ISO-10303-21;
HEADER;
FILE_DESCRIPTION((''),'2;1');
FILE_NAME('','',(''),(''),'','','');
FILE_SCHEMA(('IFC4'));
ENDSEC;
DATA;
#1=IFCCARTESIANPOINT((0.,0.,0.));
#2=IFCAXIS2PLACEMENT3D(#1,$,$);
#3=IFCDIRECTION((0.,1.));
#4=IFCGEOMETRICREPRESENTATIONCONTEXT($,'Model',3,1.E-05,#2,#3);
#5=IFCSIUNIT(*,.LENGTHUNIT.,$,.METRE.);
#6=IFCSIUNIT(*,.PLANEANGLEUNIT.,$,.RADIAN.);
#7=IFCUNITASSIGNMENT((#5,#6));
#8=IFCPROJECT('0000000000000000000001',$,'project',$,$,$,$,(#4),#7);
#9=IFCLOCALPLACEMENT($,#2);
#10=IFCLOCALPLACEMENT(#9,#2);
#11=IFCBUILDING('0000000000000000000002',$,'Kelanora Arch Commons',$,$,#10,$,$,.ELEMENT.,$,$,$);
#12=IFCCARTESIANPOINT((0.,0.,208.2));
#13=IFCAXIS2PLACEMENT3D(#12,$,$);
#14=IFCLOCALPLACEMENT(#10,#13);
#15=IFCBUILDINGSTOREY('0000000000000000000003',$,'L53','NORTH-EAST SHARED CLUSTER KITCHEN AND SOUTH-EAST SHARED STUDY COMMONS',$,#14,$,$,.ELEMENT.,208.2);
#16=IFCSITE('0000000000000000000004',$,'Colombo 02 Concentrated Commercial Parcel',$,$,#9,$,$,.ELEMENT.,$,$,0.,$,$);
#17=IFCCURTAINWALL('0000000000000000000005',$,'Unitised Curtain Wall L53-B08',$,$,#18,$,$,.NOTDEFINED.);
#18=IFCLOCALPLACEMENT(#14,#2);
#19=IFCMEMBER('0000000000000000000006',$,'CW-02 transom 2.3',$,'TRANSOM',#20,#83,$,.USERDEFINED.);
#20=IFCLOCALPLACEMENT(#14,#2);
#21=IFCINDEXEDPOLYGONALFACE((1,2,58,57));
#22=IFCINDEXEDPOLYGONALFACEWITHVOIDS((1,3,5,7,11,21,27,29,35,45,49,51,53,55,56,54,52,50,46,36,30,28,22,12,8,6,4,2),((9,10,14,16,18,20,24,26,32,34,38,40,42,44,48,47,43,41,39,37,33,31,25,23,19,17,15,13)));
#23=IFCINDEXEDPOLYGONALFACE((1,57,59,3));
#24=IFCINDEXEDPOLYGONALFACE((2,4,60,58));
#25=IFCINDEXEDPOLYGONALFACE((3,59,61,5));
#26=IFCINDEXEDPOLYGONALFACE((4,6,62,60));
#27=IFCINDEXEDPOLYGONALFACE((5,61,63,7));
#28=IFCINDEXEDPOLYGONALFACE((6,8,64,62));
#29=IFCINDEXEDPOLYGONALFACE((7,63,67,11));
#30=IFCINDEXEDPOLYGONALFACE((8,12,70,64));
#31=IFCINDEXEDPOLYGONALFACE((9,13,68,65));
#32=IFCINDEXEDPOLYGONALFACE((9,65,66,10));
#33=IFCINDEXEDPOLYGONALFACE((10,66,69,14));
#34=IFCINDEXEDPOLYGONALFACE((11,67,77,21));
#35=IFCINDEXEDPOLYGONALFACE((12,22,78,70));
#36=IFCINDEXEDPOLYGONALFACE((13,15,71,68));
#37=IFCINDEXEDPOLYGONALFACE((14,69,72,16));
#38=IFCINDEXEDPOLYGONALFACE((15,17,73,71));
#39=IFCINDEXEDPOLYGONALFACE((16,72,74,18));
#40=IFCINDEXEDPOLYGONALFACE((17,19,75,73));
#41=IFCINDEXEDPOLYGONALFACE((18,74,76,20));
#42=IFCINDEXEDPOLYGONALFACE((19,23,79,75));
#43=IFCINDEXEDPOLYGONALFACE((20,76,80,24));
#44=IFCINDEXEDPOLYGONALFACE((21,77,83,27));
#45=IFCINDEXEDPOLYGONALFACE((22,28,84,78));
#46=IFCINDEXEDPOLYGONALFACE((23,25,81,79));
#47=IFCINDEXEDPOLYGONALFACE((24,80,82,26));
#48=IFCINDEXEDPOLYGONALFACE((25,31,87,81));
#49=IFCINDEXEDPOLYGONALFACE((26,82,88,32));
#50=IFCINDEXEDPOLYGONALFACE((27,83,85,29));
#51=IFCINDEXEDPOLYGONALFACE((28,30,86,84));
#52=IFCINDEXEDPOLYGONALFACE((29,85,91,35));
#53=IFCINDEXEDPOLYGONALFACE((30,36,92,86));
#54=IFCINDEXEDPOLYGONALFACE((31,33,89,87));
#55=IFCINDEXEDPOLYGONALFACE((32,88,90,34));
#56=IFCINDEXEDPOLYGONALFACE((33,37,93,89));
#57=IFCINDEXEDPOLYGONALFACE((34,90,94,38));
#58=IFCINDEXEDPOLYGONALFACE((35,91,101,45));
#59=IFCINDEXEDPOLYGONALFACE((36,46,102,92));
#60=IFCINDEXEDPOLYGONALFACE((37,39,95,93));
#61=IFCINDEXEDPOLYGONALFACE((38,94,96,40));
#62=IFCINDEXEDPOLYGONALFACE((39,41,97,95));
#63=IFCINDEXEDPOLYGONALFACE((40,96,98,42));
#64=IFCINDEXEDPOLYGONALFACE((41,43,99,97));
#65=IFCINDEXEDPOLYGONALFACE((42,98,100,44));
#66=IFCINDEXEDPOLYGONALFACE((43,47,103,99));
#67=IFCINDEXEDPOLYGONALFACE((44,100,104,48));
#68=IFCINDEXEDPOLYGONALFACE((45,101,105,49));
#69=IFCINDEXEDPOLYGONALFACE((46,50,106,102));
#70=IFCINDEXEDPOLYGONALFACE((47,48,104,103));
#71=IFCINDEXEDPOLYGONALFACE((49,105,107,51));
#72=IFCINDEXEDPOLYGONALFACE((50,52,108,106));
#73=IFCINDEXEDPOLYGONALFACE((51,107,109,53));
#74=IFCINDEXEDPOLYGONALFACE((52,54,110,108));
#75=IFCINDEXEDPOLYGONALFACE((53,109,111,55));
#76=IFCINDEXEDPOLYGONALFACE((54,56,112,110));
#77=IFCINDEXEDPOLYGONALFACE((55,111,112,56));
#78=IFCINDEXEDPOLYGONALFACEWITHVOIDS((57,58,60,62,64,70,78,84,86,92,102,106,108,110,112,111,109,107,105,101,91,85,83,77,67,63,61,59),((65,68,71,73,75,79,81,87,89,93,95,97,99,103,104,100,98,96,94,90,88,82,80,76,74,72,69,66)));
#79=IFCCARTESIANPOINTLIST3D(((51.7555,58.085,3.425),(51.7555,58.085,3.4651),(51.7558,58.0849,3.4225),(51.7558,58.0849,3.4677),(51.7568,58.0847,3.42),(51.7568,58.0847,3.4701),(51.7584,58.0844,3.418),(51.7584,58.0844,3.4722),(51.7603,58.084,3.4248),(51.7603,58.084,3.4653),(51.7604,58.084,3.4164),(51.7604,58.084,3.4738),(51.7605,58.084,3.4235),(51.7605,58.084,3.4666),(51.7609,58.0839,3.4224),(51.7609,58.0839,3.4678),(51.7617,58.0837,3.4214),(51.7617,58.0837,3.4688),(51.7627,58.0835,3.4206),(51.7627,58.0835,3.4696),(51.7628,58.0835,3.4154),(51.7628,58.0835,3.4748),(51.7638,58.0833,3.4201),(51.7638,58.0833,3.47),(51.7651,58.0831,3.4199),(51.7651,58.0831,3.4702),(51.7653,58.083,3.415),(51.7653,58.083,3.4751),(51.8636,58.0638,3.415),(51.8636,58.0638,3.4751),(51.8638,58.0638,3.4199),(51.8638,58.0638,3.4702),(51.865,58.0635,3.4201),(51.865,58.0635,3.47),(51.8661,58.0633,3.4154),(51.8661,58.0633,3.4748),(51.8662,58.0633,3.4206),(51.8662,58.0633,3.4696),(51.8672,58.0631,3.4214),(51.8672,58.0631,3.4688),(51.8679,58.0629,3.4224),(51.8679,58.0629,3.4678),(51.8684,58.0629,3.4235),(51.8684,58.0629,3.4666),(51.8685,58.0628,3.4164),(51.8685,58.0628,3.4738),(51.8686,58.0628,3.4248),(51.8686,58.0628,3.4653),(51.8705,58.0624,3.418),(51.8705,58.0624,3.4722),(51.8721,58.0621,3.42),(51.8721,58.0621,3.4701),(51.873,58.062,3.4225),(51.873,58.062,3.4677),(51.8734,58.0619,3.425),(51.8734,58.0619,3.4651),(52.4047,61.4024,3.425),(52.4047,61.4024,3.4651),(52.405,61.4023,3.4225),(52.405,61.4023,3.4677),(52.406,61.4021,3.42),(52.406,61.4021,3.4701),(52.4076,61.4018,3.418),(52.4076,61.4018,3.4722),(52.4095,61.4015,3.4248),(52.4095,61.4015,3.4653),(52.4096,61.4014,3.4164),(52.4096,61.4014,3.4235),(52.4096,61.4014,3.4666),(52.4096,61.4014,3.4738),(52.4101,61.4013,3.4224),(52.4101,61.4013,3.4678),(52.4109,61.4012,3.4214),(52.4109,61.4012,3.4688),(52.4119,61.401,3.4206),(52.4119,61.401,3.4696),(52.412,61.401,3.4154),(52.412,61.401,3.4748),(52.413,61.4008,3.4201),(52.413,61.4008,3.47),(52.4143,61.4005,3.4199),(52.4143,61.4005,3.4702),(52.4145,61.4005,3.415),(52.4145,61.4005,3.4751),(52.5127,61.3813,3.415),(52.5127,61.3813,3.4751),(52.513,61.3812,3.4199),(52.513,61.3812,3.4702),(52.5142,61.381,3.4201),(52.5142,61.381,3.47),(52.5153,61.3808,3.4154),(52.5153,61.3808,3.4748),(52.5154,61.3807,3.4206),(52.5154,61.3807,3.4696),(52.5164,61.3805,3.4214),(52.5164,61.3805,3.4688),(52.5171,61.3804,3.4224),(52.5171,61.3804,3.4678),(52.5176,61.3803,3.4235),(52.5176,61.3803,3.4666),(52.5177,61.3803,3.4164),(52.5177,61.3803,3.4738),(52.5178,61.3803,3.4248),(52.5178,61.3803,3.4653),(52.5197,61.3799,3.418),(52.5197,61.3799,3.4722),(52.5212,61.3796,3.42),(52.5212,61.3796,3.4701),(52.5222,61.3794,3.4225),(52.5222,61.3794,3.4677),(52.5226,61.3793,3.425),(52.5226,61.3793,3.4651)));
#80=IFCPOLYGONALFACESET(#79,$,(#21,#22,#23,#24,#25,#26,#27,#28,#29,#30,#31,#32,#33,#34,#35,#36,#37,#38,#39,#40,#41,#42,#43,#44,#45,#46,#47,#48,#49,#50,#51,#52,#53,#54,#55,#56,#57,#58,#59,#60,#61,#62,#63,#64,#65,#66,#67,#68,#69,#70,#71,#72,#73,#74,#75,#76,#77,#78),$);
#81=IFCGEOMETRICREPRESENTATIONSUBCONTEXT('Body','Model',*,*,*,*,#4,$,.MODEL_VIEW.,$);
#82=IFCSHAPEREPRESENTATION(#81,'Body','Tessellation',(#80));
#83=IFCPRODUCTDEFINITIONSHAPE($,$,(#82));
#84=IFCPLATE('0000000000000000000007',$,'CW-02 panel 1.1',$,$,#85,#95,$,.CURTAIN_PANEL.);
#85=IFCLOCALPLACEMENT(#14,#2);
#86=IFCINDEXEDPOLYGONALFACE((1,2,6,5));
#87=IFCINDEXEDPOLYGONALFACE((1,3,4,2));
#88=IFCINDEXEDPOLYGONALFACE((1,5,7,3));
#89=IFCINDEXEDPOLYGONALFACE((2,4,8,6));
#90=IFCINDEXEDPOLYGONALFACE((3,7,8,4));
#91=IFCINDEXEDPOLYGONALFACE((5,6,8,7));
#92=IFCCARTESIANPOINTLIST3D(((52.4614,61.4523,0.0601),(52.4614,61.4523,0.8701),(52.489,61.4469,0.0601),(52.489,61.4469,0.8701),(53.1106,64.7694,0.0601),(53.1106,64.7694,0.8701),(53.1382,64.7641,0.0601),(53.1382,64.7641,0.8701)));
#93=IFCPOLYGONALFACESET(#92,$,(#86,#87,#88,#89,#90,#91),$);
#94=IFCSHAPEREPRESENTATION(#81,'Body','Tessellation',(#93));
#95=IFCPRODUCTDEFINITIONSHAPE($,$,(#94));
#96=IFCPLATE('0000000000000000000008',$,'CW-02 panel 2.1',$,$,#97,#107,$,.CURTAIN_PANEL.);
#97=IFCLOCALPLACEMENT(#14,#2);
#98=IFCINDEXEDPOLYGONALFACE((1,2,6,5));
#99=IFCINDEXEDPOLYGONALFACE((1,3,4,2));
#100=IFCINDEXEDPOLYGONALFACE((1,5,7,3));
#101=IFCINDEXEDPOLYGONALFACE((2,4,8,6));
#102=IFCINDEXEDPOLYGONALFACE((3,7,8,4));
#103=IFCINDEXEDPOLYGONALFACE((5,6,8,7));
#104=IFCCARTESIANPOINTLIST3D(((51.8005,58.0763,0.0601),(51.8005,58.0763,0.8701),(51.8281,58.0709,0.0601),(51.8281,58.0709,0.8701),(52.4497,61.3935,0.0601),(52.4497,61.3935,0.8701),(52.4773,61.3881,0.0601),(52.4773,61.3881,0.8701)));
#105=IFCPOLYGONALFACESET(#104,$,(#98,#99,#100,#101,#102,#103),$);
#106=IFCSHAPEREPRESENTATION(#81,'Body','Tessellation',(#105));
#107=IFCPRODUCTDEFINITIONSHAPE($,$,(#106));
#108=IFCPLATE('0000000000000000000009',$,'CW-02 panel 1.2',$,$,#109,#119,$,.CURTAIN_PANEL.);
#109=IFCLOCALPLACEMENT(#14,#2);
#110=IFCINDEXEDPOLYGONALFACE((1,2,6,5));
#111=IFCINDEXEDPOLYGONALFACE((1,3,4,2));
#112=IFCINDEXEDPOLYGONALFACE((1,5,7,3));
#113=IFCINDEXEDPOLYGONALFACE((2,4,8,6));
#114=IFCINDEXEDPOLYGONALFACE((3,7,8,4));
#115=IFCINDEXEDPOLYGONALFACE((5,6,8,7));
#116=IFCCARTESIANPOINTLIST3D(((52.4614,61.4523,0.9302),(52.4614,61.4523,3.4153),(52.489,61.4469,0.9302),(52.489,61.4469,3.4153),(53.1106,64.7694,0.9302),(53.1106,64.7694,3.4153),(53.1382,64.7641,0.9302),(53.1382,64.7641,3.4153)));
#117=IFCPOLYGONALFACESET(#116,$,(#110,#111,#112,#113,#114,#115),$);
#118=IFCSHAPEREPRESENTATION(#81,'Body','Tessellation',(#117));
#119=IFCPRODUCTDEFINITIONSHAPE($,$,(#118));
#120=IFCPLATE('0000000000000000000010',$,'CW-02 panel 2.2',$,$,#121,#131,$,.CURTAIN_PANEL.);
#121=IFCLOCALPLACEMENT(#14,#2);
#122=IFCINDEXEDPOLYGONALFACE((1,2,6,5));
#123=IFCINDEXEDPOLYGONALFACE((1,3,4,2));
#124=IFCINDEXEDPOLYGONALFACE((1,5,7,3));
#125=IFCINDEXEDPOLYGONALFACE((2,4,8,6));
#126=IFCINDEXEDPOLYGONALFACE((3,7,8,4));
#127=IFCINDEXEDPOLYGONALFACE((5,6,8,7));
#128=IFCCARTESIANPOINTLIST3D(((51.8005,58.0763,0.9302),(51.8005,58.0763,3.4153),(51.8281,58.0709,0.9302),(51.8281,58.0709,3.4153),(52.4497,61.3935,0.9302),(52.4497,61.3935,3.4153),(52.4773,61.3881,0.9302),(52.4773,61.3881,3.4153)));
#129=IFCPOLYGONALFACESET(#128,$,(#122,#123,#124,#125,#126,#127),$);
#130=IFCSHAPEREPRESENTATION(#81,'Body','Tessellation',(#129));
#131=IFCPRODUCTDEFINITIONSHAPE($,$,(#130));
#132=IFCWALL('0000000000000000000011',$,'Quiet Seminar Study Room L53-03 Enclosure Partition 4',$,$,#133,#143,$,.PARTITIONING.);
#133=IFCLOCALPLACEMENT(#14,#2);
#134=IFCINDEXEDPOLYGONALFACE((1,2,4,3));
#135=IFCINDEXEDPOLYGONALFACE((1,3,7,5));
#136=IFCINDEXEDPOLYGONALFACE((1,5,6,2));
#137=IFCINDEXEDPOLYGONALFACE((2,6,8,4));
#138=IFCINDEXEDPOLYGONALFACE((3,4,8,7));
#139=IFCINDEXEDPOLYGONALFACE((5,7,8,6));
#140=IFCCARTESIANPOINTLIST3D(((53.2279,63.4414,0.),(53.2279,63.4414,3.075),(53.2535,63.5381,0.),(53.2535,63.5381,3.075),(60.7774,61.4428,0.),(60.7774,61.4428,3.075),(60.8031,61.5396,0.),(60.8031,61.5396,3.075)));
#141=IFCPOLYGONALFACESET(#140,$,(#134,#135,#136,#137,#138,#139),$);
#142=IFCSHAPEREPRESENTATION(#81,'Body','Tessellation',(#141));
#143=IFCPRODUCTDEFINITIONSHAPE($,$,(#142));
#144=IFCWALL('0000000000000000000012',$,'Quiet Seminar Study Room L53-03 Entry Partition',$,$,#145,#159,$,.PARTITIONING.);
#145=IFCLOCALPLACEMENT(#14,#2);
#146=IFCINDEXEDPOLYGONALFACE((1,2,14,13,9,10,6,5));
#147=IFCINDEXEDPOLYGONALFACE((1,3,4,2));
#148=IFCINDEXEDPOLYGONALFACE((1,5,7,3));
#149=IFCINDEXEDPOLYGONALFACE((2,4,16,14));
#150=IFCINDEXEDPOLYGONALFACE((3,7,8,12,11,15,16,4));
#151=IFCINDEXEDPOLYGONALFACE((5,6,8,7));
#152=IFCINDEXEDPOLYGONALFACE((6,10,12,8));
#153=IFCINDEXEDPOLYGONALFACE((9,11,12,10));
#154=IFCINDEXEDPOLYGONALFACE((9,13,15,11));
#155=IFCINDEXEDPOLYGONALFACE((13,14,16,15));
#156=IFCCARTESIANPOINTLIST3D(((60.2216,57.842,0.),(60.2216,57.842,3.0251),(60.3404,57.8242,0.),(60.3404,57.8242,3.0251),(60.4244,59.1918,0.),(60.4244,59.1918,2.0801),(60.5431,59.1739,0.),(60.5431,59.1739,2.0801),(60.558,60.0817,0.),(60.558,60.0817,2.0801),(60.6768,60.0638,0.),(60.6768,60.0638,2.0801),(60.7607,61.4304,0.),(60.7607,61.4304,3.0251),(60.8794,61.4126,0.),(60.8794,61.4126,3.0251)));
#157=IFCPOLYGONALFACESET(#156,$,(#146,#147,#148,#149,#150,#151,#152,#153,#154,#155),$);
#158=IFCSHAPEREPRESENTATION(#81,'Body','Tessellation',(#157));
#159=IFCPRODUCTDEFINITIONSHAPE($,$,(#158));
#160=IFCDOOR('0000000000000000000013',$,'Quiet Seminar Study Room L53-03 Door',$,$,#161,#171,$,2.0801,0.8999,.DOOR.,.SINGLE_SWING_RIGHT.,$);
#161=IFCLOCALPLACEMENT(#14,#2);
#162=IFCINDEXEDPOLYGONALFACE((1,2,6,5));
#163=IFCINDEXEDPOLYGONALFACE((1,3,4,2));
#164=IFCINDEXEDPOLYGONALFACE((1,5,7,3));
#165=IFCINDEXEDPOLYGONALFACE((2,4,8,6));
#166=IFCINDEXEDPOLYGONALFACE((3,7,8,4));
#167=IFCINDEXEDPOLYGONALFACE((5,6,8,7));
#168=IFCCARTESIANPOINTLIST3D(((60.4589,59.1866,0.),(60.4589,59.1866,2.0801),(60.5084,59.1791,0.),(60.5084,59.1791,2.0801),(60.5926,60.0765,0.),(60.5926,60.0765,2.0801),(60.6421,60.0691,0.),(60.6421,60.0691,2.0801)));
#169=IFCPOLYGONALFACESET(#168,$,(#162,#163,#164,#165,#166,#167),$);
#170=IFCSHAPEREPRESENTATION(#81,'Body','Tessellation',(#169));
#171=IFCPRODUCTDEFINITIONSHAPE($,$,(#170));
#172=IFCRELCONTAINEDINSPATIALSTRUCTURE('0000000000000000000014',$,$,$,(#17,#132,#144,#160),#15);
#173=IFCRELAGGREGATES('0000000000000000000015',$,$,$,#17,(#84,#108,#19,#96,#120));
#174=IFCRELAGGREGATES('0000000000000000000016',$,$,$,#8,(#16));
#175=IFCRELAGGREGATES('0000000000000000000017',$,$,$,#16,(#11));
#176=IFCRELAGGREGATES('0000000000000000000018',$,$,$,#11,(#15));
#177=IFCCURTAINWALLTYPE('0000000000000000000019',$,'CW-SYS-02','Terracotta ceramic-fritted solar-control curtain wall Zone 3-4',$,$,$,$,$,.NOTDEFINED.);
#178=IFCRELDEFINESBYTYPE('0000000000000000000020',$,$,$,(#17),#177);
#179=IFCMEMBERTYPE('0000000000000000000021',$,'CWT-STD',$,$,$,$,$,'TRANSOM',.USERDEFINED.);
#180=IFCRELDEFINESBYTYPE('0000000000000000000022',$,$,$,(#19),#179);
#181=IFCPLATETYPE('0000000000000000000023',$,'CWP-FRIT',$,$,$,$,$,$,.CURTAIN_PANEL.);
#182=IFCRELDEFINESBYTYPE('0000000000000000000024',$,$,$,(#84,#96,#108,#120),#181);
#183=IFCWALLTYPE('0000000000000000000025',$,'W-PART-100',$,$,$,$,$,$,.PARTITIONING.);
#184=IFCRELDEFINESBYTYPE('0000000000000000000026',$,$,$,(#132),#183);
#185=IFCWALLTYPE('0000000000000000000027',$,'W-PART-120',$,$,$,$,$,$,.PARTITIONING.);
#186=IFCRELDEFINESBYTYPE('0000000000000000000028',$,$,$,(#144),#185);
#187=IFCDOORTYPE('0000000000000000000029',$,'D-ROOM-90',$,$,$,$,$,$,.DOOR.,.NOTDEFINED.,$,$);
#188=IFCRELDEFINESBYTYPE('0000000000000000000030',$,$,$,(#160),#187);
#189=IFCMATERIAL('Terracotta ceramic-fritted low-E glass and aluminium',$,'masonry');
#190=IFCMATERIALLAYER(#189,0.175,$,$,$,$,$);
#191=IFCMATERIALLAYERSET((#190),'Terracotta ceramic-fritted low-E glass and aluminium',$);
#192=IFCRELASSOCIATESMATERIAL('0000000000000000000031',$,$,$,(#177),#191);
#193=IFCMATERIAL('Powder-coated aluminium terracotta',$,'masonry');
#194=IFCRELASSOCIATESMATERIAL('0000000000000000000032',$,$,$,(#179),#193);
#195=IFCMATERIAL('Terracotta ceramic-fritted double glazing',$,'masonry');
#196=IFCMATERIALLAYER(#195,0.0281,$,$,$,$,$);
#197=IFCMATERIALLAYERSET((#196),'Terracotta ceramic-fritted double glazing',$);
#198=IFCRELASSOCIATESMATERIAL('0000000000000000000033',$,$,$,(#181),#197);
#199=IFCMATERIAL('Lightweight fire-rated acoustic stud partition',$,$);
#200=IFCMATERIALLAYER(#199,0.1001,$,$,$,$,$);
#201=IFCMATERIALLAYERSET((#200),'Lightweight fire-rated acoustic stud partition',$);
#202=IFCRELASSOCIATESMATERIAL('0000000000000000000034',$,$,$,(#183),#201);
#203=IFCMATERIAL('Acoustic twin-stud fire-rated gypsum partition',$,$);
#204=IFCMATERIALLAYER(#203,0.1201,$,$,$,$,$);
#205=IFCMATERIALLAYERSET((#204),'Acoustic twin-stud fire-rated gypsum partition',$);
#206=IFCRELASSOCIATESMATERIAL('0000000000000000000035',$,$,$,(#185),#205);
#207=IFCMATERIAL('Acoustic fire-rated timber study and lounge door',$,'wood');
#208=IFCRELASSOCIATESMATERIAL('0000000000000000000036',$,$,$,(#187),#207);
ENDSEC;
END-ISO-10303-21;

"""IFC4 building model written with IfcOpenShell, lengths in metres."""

from ifc_helpers import new_model, si_unit, direction, frame, frame_2d, origin, origin_2d, place, context, subcontext, project, spatial, rectangle, hollow_rectangle, extrude, source, transform, mapped, material, layer, layer_set, material_profile, profile_set, type_object, element, fill, aggregate, save


model = new_model("IFC4")

# Units and contexts
model_context = context("Model", 3, precision=1e-05, world=origin(), true_north=direction((0.0, 1.0)))
body_context = subcontext(model_context, "Body", "Model", "MODEL_VIEW")
ifc_project = project(units=[si_unit("LENGTHUNIT", "METRE"), si_unit("PLANEANGLEUNIT", "RADIAN")], contexts=[model_context])

# Site, building, storey
site_placement = place(None, origin())
site = spatial("IfcSite", under=ifc_project, at=site_placement, Name="Colombo 02 Concentrated Commercial Parcel", CompositionType="ELEMENT", RefElevation=0.0)
building_placement = place(site_placement, origin())
building = spatial("IfcBuilding", under=site, at=building_placement, Name="Kelanora Arch Commons", CompositionType="ELEMENT")
storey_placement = place(building_placement, frame((0.0, 0.0, 208.2)))
storey = spatial("IfcBuildingStorey", under=building, at=storey_placement, Name="L53", Description="NORTH-EAST SHARED CLUSTER KITCHEN AND SOUTH-EAST SHARED STUDY COMMONS", CompositionType="ELEMENT", Elevation=208.2)

# Curtain wall, member, plates
ifc_material_1 = material(Name="Terracotta ceramic-fritted low-E glass and aluminium", Category="masonry")
ifc_layer_1 = layer(ifc_material_1, 0.175)
ifc_layer_set_1 = layer_set([ifc_layer_1], Name="Terracotta ceramic-fritted low-E glass and aluminium")
curtain_wall_type = type_object("IfcCurtainWallType", Name="CW-SYS-02", Description="Terracotta ceramic-fritted solar-control curtain wall Zone 3-4", PredefinedType="NOTDEFINED", material=ifc_layer_set_1)
curtain_wall_placement = place(storey_placement, origin())
curtain_wall = element("IfcCurtainWall", 1, at=curtain_wall_placement, inside=storey, type_object=curtain_wall_type, Name="Unitised Curtain Wall L53-B08", PredefinedType="NOTDEFINED")
ifc_material_2 = material(Name="Powder-coated aluminium terracotta", Category="masonry")
ifc_material_profile_1 = material_profile(ifc_material_2, hollow_rectangle(XDim=0.1201, YDim=0.0601, WallThickness=0.0049, InnerFilletRadius=0.0049, OuterFilletRadius=0.01, at=origin_2d()), Name="CWT120x60")
ifc_profile_set_1 = profile_set([ifc_material_profile_1], Name="Powder-coated aluminium terracotta")
member_type_1 = type_object("IfcMemberType", Name="CWT-STD", ElementType="TRANSOM", PredefinedType="USERDEFINED", material=ifc_profile_set_1)
member_1_placement = place(storey_placement, frame((52.4636, 61.3909, 3.4451), z_axis=(-0.192045, -0.981386, 0.0), x_axis=(0.981386, -0.192045, 0.0)))
member_1 = element("IfcMember", 2, at=member_1_placement, type_object=member_type_1, Name="CW-02 transom 2.3", ObjectType="TRANSOM", PredefinedType="USERDEFINED", context=body_context, shape_type="SweptSolid", body=[
    extrude(hollow_rectangle(XDim=0.1201, YDim=0.0601, WallThickness=0.0049, InnerFilletRadius=0.0049, OuterFilletRadius=0.01, at=origin_2d()), origin(), (0.0, 0.0, 1.0), 3.3804),
])
ifc_material_3 = material(Name="Terracotta ceramic-fritted double glazing", Category="masonry")
ifc_layer_2 = layer(ifc_material_3, 0.0281)
ifc_layer_set_2 = layer_set([ifc_layer_2], Name="Terracotta ceramic-fritted double glazing")
plate_type = type_object("IfcPlateType", Name="CWP-FRIT", PredefinedType="CURTAIN_PANEL", material=ifc_layer_set_2)
shared_shape_1 = source(origin(), body_context, "Body", "SweptSolid", [
    extrude(rectangle(XDim=3.3801, YDim=0.0281, at=origin_2d()), origin(), (0.0, 0.0, 1.0), 0.8101),
])
plate_1_placement = place(storey_placement, frame((52.7998, 63.1082, 0.0601), z_axis=(0.0, 0.0, 1.0), x_axis=(-0.192069, -0.981381, 0.0)))
plate_1 = element("IfcPlate", 3, at=plate_1_placement, type_object=plate_type, Name="CW-02 panel 1.1", PredefinedType="CURTAIN_PANEL", context=body_context, shape_type="MappedRepresentation", body=[
    mapped(shared_shape_1, transform((0.0, 0.0, 0.0), scale=1.0)),
])
plate_2_placement = place(storey_placement, frame((52.1389, 59.7322, 0.0601), z_axis=(0.0, 0.0, 1.0), x_axis=(-0.192069, -0.981381, 0.0)))
plate_2 = element("IfcPlate", 4, at=plate_2_placement, type_object=plate_type, Name="CW-02 panel 2.1", PredefinedType="CURTAIN_PANEL", context=body_context, shape_type="MappedRepresentation", body=[
    mapped(shared_shape_1, transform((0.0, 0.0, 0.0), scale=1.0)),
])
shared_shape_2 = source(origin(), body_context, "Body", "SweptSolid", [
    extrude(rectangle(XDim=3.3801, YDim=0.0281, at=origin_2d()), origin(), (0.0, 0.0, 1.0), 2.4851),
])
plate_3_placement = place(storey_placement, frame((52.7998, 63.1082, 0.9302), z_axis=(0.0, 0.0, 1.0), x_axis=(-0.192069, -0.981381, 0.0)))
plate_3 = element("IfcPlate", 5, at=plate_3_placement, type_object=plate_type, Name="CW-02 panel 1.2", PredefinedType="CURTAIN_PANEL", context=body_context, shape_type="MappedRepresentation", body=[
    mapped(shared_shape_2, transform((0.0, 0.0, 0.0), scale=1.0)),
])
plate_4_placement = place(storey_placement, frame((52.1389, 59.7322, 0.9302), z_axis=(0.0, 0.0, 1.0), x_axis=(-0.192069, -0.981381, 0.0)))
plate_4 = element("IfcPlate", 6, at=plate_4_placement, type_object=plate_type, Name="CW-02 panel 2.2", PredefinedType="CURTAIN_PANEL", context=body_context, shape_type="MappedRepresentation", body=[
    mapped(shared_shape_2, transform((0.0, 0.0, 0.0), scale=1.0)),
])
aggregate(curtain_wall, [plate_1, plate_3, member_1, plate_2, plate_4])

# Wall
ifc_material_4 = material(Name="Lightweight fire-rated acoustic stud partition")
ifc_layer_3 = layer(ifc_material_4, 0.1001)
ifc_layer_set_3 = layer_set([ifc_layer_3], Name="Lightweight fire-rated acoustic stud partition")
wall_type_1 = type_object("IfcWallType", Name="W-PART-100", PredefinedType="PARTITIONING", material=ifc_layer_set_3)
wall_1_placement = place(storey_placement, frame((53.2407, 63.4897, 0.0), z_axis=(0.0, 0.0, 1.0), x_axis=(0.966701, -0.255907, 0.0)))
element("IfcWall", 7, at=wall_1_placement, inside=storey, type_object=wall_type_1, Name="Quiet Seminar Study Room L53-03 Enclosure Partition 4", PredefinedType="PARTITIONING", context=body_context, shape_type="SweptSolid", body=[
    extrude(rectangle(XDim=7.8096, YDim=0.1001, at=frame_2d((3.9048, 0.0))), origin(), (0.0, 0.0, 1.0), 3.075),
])

# Wall, opening, door
ifc_material_5 = material(Name="Acoustic twin-stud fire-rated gypsum partition")
ifc_layer_4 = layer(ifc_material_5, 0.1201)
ifc_layer_set_4 = layer_set([ifc_layer_4], Name="Acoustic twin-stud fire-rated gypsum partition")
wall_type_2 = type_object("IfcWallType", Name="W-PART-120", PredefinedType="PARTITIONING", material=ifc_layer_set_4)
wall_2_placement = place(storey_placement, frame((60.8201, 61.4216, 0.0), z_axis=(0.0, 0.0, 1.0), x_axis=(-0.148558, -0.988904, 0.0)))
wall_2 = element("IfcWall", 8, at=wall_2_placement, inside=storey, type_object=wall_type_2, Name="Quiet Seminar Study Room L53-03 Entry Partition", PredefinedType="PARTITIONING", context=body_context, shape_type="SweptSolid", body=[
    extrude(rectangle(XDim=3.6287, YDim=0.1201, at=frame_2d((1.8145, 0.0))), origin(), (0.0, 0.0, 1.0), 3.0251),
])
opening_placement = place(wall_2_placement, frame((1.364, 0.0, 0.0)))
opening = element("IfcOpeningElement", 9, at=opening_placement, cuts=wall_2, PredefinedType="OPENING", context=body_context, shape_type="SweptSolid", body=[
    extrude(rectangle(XDim=0.8999, YDim=2.0801, at=frame_2d((0.45, 1.04))), frame((0.0, 0.0701, 0.0), z_axis=(0.0, -1.0, 0.0), x_axis=(1.0, 0.0, 0.0)), (0.0, 0.0, 1.0), 0.1401),
])
ifc_material_6 = material(Name="Acoustic fire-rated timber study and lounge door", Category="wood")
door_type = type_object("IfcDoorType", Name="D-ROOM-90", OperationType="NOTDEFINED", PredefinedType="DOOR", material=ifc_material_6)
door_placement = place(opening_placement, origin())
door = element("IfcDoor", 10, at=door_placement, inside=storey, type_object=door_type, Name="Quiet Seminar Study Room L53-03 Door", OperationType="SINGLE_SWING_RIGHT", OverallHeight=2.0801, OverallWidth=0.8999, PredefinedType="DOOR", context=body_context, shape_type="SweptSolid", body=[
    extrude(rectangle(XDim=0.8999, YDim=2.0801, at=frame_2d((0.45, 1.04))), frame((0.0, 0.0249, 0.0), z_axis=(0.0, -1.0, 0.0), x_axis=(1.0, 0.0, 0.0)), (0.0, 0.0, 1.0), 0.05),
])
fill(opening, door)

save(model, "model.ifc")
